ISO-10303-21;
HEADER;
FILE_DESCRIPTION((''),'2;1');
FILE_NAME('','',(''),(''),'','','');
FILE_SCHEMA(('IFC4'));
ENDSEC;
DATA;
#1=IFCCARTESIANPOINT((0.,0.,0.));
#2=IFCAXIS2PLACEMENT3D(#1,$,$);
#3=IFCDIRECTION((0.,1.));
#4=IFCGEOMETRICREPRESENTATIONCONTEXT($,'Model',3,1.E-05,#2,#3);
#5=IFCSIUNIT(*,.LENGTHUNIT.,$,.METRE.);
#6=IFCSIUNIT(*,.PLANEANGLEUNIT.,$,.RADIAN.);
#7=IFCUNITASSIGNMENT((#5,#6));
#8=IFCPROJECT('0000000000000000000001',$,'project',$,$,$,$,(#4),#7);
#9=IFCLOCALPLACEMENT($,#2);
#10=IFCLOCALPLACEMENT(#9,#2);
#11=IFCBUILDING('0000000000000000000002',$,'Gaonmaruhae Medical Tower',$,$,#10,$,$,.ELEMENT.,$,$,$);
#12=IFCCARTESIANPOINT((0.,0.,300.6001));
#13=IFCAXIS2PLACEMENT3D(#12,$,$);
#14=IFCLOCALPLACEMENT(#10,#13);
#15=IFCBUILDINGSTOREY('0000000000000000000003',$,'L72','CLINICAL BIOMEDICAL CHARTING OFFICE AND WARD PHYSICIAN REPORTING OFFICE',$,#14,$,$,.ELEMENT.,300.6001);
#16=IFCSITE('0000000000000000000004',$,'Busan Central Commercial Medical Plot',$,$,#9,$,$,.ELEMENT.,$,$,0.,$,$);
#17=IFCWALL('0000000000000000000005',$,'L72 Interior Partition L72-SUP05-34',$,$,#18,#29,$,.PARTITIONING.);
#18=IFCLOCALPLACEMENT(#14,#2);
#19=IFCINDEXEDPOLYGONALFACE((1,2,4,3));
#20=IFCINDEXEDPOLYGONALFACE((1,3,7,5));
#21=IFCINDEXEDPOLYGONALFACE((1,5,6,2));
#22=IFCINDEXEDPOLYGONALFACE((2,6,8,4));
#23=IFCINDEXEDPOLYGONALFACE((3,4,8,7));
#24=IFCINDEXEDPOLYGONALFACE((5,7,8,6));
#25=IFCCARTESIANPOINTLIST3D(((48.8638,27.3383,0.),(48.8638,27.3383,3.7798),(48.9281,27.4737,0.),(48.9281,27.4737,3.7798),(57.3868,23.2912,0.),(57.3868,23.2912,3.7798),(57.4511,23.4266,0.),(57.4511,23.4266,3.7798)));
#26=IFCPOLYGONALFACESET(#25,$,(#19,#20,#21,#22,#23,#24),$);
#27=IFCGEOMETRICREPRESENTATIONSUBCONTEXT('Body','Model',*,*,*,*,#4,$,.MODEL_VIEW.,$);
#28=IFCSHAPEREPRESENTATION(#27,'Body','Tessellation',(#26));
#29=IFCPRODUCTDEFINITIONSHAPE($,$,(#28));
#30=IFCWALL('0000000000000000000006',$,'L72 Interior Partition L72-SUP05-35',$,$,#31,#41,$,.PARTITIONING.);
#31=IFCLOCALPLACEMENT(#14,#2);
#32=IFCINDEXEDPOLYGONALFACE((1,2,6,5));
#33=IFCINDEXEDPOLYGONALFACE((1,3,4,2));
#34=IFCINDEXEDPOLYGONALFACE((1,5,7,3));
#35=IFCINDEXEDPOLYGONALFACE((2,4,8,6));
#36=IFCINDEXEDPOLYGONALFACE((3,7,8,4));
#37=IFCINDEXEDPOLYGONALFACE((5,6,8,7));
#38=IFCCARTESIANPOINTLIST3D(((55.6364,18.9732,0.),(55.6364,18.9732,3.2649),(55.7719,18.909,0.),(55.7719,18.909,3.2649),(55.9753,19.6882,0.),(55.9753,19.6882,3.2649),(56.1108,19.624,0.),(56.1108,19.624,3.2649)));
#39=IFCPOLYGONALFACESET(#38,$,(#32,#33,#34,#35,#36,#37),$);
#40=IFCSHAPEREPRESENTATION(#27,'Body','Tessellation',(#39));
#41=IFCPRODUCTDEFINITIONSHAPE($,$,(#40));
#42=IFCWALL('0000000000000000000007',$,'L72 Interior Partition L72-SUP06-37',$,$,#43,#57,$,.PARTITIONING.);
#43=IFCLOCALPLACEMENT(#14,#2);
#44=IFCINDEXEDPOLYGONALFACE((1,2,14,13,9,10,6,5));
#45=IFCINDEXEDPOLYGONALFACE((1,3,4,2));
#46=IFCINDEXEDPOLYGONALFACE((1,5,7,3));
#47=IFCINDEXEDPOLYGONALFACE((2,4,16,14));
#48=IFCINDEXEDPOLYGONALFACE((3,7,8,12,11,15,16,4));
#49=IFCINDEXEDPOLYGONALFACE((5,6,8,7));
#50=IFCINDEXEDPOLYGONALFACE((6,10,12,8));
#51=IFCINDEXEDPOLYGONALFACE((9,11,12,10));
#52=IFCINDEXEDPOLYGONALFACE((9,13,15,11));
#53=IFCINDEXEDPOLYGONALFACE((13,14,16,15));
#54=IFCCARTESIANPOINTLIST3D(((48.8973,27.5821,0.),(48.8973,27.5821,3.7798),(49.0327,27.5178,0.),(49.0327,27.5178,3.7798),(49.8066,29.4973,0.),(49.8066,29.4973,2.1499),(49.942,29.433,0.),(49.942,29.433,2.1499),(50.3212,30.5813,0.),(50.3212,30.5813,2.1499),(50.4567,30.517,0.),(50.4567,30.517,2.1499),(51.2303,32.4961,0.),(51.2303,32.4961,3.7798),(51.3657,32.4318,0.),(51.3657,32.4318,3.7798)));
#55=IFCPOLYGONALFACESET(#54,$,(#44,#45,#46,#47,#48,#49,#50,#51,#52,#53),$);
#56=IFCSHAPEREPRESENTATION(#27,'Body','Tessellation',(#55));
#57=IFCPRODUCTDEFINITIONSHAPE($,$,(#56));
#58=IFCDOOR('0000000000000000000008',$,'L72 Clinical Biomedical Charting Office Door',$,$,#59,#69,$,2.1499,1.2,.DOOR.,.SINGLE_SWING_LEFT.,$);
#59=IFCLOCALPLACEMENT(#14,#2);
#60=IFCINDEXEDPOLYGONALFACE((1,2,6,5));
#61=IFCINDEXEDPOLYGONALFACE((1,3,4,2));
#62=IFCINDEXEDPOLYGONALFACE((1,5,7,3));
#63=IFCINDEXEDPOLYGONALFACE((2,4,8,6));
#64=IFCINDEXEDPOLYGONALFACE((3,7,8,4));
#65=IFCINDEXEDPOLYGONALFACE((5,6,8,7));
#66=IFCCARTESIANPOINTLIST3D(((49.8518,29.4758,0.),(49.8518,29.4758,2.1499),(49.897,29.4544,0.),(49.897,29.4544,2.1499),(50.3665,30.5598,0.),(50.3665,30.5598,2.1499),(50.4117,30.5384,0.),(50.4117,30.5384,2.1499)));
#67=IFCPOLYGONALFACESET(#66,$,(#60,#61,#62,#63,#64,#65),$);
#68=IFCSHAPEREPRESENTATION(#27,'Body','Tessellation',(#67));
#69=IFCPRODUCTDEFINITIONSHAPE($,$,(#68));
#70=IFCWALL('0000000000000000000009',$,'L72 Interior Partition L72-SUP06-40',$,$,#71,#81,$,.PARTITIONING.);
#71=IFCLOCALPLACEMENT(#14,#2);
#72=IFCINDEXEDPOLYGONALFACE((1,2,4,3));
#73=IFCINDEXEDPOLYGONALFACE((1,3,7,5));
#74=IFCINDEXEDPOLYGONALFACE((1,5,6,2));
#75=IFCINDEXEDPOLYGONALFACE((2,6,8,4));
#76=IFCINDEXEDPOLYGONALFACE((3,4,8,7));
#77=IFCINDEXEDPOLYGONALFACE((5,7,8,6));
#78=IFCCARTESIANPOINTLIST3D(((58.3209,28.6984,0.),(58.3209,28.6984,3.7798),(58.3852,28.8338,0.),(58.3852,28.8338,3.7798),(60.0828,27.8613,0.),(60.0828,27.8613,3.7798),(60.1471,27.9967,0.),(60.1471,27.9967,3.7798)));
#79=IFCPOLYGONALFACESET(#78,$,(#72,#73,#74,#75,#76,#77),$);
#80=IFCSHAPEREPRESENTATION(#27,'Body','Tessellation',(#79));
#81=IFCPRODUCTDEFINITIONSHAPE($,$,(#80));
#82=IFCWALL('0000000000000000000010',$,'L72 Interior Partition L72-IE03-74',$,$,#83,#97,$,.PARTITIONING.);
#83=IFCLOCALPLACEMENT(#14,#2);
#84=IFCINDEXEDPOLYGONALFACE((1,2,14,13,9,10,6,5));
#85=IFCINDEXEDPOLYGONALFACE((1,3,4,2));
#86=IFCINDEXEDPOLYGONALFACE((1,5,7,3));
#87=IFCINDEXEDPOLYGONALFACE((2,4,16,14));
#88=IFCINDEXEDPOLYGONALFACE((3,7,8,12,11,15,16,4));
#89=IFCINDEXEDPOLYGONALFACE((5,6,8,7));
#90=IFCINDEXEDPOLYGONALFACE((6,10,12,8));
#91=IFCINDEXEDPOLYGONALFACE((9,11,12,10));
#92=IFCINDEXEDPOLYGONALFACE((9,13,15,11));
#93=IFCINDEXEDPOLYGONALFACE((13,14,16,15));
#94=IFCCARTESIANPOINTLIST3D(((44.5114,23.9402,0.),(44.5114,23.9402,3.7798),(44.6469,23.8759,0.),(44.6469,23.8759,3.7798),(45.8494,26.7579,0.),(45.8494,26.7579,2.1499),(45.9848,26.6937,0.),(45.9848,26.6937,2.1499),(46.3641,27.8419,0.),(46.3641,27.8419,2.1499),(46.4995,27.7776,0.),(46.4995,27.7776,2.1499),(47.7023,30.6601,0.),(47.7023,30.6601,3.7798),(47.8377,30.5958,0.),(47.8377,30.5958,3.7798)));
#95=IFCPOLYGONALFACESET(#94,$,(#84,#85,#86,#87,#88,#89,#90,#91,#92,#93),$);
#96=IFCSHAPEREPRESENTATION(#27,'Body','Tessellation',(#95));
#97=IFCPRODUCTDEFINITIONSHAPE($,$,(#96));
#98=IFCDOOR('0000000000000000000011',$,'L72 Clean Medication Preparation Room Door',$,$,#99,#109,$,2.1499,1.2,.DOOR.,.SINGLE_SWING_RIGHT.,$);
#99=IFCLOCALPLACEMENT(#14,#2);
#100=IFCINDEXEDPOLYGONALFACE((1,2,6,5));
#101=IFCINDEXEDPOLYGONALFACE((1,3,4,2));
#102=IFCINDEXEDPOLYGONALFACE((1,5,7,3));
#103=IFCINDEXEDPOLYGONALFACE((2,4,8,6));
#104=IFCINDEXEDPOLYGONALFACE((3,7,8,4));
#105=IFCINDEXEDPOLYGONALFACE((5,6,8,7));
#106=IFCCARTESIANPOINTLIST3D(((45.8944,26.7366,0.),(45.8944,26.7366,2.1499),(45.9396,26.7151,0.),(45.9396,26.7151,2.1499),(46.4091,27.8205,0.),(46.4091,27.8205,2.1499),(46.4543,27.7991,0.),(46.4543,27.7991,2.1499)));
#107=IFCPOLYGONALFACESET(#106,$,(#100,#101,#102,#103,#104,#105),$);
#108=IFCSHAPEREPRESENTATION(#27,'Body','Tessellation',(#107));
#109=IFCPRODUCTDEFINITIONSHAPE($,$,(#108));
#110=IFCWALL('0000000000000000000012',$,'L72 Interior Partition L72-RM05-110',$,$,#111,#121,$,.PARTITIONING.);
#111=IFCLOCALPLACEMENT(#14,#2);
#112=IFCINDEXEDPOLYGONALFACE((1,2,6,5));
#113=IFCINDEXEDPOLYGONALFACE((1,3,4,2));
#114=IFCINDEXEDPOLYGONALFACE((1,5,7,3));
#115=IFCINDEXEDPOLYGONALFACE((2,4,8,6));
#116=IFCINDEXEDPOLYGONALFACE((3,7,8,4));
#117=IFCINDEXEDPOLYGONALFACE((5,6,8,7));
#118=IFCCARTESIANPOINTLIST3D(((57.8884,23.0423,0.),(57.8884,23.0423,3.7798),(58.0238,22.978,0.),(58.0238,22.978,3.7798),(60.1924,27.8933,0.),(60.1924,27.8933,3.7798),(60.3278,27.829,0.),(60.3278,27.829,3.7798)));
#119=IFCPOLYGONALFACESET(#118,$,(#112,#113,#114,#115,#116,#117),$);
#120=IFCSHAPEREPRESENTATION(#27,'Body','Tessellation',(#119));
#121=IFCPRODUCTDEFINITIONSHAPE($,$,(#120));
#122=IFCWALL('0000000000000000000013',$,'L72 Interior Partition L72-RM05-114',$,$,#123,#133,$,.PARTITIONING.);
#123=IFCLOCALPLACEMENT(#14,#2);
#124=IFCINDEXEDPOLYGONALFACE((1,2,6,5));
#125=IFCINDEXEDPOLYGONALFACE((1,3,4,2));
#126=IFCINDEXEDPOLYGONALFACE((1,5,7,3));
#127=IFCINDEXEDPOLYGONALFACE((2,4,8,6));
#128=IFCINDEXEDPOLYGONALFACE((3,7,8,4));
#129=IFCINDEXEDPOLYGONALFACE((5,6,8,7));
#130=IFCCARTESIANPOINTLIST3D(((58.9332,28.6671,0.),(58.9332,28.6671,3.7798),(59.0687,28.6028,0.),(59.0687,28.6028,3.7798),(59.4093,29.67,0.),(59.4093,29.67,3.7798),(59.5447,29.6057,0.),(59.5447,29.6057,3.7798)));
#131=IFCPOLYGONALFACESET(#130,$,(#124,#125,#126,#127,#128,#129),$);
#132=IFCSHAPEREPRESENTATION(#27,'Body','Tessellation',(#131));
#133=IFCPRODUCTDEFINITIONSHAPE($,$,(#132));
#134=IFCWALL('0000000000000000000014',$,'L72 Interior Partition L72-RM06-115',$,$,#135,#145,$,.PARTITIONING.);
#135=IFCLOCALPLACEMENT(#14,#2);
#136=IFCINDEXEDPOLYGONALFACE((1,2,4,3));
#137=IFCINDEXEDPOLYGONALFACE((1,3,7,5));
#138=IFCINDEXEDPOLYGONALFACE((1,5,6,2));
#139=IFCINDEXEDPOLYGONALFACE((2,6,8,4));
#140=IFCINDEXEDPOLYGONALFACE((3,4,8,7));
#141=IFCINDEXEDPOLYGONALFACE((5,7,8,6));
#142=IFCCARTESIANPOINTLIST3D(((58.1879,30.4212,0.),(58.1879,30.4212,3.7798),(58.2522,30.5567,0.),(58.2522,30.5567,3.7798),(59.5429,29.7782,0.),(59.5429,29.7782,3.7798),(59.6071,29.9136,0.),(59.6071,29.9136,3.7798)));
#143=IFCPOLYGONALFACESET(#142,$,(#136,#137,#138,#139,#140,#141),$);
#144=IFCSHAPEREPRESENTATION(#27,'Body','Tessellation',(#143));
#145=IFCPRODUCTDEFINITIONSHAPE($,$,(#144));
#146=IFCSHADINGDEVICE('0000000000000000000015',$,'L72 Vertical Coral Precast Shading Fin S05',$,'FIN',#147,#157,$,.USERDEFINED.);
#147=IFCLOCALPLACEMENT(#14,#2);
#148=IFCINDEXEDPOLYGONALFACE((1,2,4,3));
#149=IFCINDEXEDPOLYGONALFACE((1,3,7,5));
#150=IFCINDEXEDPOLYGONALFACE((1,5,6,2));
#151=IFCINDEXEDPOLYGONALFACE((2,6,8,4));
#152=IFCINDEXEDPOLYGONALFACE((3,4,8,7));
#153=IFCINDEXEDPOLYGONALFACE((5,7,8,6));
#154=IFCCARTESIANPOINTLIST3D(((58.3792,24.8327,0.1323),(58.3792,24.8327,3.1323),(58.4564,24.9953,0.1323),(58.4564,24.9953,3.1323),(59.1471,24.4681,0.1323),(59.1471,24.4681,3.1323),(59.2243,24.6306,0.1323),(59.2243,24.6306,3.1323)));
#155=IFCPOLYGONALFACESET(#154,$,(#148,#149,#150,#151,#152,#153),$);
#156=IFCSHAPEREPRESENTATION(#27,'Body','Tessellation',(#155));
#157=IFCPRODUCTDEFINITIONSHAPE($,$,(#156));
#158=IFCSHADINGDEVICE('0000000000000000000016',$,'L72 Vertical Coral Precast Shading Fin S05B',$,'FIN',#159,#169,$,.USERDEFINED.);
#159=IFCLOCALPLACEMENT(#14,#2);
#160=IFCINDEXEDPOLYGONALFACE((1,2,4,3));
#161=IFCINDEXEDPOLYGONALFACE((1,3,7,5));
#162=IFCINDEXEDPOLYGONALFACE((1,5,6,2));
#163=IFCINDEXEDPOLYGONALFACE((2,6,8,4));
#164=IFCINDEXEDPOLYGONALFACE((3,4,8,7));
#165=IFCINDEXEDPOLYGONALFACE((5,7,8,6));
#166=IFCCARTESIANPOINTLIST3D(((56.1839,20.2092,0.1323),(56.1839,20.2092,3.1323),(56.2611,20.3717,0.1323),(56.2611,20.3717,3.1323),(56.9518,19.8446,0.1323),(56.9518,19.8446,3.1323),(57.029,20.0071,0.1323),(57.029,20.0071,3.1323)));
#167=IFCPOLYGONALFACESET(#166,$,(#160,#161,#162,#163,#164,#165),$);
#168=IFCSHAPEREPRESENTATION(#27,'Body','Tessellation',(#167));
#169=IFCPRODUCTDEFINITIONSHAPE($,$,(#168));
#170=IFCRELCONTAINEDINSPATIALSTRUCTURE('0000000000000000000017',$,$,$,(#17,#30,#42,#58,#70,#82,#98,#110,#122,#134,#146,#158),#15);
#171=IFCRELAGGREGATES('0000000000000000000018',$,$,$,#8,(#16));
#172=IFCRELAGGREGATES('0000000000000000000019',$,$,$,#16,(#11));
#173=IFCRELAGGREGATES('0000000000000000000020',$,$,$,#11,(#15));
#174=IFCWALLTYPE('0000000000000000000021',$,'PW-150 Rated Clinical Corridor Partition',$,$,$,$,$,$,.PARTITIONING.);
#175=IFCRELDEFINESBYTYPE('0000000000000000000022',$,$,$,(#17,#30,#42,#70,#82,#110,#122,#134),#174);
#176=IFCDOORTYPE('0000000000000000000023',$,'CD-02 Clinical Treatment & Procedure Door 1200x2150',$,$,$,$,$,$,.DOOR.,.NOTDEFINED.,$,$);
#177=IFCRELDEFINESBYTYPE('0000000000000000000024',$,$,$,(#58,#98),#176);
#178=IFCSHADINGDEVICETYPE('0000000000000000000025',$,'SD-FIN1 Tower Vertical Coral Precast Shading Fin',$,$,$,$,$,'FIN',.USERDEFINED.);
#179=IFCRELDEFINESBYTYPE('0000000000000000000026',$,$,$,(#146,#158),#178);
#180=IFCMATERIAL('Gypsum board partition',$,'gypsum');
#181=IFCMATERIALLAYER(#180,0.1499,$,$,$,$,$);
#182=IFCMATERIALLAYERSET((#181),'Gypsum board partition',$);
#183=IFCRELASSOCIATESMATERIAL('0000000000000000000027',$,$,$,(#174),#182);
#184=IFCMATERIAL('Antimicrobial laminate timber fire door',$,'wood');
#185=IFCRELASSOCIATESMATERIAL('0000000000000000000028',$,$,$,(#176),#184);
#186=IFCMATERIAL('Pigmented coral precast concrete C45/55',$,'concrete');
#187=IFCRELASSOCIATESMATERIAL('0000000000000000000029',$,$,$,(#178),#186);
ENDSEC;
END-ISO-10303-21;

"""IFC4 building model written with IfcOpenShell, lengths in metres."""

from ifc_helpers import new_model, si_unit, direction, frame, frame_2d, origin, origin_2d, place, context, subcontext, project, spatial, rectangle, extrude, material, layer, layer_set, type_object, element, fill, save


model = new_model("IFC4")

# Units and contexts
model_context = context("Model", 3, precision=1e-05, world=origin(), true_north=direction((0.0, 1.0)))
body_context = subcontext(model_context, "Body", "Model", "MODEL_VIEW")
ifc_project = project(units=[si_unit("LENGTHUNIT", "METRE"), si_unit("PLANEANGLEUNIT", "RADIAN")], contexts=[model_context])

# Site, building, storey
site_placement = place(None, origin())
site = spatial("IfcSite", under=ifc_project, at=site_placement, Name="Busan Central Commercial Medical Plot", CompositionType="ELEMENT", RefElevation=0.0)
building_placement = place(site_placement, origin())
building = spatial("IfcBuilding", under=site, at=building_placement, Name="Gaonmaruhae Medical Tower", CompositionType="ELEMENT")
storey_placement = place(building_placement, frame((0.0, 0.0, 300.6001)))
storey = spatial("IfcBuildingStorey", under=building, at=storey_placement, Name="L72", Description="CLINICAL BIOMEDICAL CHARTING OFFICE AND WARD PHYSICIAN REPORTING OFFICE", CompositionType="ELEMENT", Elevation=300.6001)

# Shared definitions
ifc_material_1 = material(Name="Gypsum board partition", Category="gypsum")
ifc_layer_1 = layer(ifc_material_1, 0.1499)
ifc_layer_set_1 = layer_set([ifc_layer_1], Name="Gypsum board partition")
wall_type_1 = type_object("IfcWallType", Name="PW-150 Rated Clinical Corridor Partition", PredefinedType="PARTITIONING", material=ifc_layer_set_1)
ifc_material_2 = material(Name="Antimicrobial laminate timber fire door", Category="wood")
door_type = type_object("IfcDoorType", Name="CD-02 Clinical Treatment & Procedure Door 1200x2150", OperationType="NOTDEFINED", PredefinedType="DOOR", material=ifc_material_2)

# Walls
wall_1_placement = place(storey_placement, frame((48.896, 27.406, 0.0), z_axis=(0.0, 0.0, 1.0), x_axis=(0.90333, -0.428946, 0.0)))
element("IfcWall", 1, at=wall_1_placement, inside=storey, type_object=wall_type_1, Name="L72 Interior Partition L72-SUP05-34", PredefinedType="PARTITIONING", context=body_context, shape_type="SweptSolid", body=[
    extrude(rectangle(XDim=9.4351, YDim=0.1499, at=frame_2d((4.7175, 0.0))), origin(), (0.0, 0.0, 1.0), 3.7798),
])
wall_2_placement = place(storey_placement, frame((56.043, 19.656, 0.0), z_axis=(0.0, 0.0, 1.0), x_axis=(-0.428232, -0.903669, 0.0)))
element("IfcWall", 2, at=wall_2_placement, inside=storey, type_object=wall_type_1, Name="L72 Interior Partition L72-SUP05-35", PredefinedType="PARTITIONING", context=body_context, shape_type="SweptSolid", body=[
    extrude(rectangle(XDim=0.7913, YDim=0.1499, at=frame_2d((0.3955, 0.0))), origin(), (0.0, 0.0, 1.0), 3.2649),
])

# Wall, opening, door
wall_3_placement = place(storey_placement, frame((48.9651, 27.55, 0.0), z_axis=(0.0, 0.0, 1.0), x_axis=(0.428881, 0.903361, 0.0)))
wall_3 = element("IfcWall", 3, at=wall_3_placement, inside=storey, type_object=wall_type_1, Name="L72 Interior Partition L72-SUP06-37", PredefinedType="PARTITIONING", context=body_context, shape_type="SweptSolid", body=[
    extrude(rectangle(XDim=5.4397, YDim=0.1499, at=frame_2d((2.7197, 0.0))), origin(), (0.0, 0.0, 1.0), 3.7798),
])
opening_1_placement = place(wall_3_placement, frame((2.1199, 0.0, 0.0)))
opening_1 = element("IfcOpeningElement", 4, at=opening_1_placement, cuts=wall_3, PredefinedType="OPENING", context=body_context, shape_type="SweptSolid", body=[
    extrude(rectangle(XDim=1.2, YDim=2.1499, at=frame_2d((0.6001, 1.075))), frame((0.0, 0.085, 0.0), z_axis=(0.0, -1.0, 0.0), x_axis=(1.0, 0.0, 0.0)), (0.0, 0.0, 1.0), 0.1699),
])
door_1_placement = place(opening_1_placement, origin())
door_1 = element("IfcDoor", 5, at=door_1_placement, inside=storey, type_object=door_type, Name="L72 Clinical Biomedical Charting Office Door", OperationType="SINGLE_SWING_LEFT", OverallHeight=2.1499, OverallWidth=1.2, PredefinedType="DOOR", context=body_context, shape_type="SweptSolid", body=[
    extrude(rectangle(XDim=1.2, YDim=2.1499, at=frame_2d((0.6001, 1.075))), frame((0.0, 0.0249, 0.0), z_axis=(0.0, -1.0, 0.0), x_axis=(1.0, 0.0, 0.0)), (0.0, 0.0, 1.0), 0.05),
])
fill(opening_1, door_1)

# Wall
wall_4_placement = place(storey_placement, frame((58.353, 28.7661, 0.0), z_axis=(0.0, 0.0, 1.0), x_axis=(0.903233, -0.429151, 0.0)))
element("IfcWall", 6, at=wall_4_placement, inside=storey, type_object=wall_type_1, Name="L72 Interior Partition L72-SUP06-40", PredefinedType="PARTITIONING", context=body_context, shape_type="SweptSolid", body=[
    extrude(rectangle(XDim=1.9507, YDim=0.1499, at=frame_2d((0.9753, 0.0))), origin(), (0.0, 0.0, 1.0), 3.7798),
])

# Wall, opening, door
wall_5_placement = place(storey_placement, frame((47.77, 30.6279, 0.0), z_axis=(0.0, 0.0, 1.0), x_axis=(-0.42894, -0.903333, 0.0)))
wall_5 = element("IfcWall", 7, at=wall_5_placement, inside=storey, type_object=wall_type_1, Name="L72 Interior Partition L72-IE03-74", PredefinedType="PARTITIONING", context=body_context, shape_type="SweptSolid", body=[
    extrude(rectangle(XDim=7.439, YDim=0.1499, at=frame_2d((3.7195, 0.0))), origin(), (0.0, 0.0, 1.0), 3.7798),
])
opening_2_placement = place(wall_5_placement, frame((3.1196, 0.0, 0.0)))
opening_2 = element("IfcOpeningElement", 8, at=opening_2_placement, cuts=wall_5, PredefinedType="OPENING", context=body_context, shape_type="SweptSolid", body=[
    extrude(rectangle(XDim=1.2, YDim=2.1499, at=frame_2d((0.6001, 1.075))), frame((0.0, 0.085, 0.0), z_axis=(0.0, -1.0, 0.0), x_axis=(1.0, 0.0, 0.0)), (0.0, 0.0, 1.0), 0.1699),
])
door_2_placement = place(opening_2_placement, origin())
door_2 = element("IfcDoor", 9, at=door_2_placement, inside=storey, type_object=door_type, Name="L72 Clean Medication Preparation Room Door", OperationType="SINGLE_SWING_RIGHT", OverallHeight=2.1499, OverallWidth=1.2, PredefinedType="DOOR", context=body_context, shape_type="SweptSolid", body=[
    extrude(rectangle(XDim=1.2, YDim=2.1499, at=frame_2d((0.6001, 1.075))), frame((0.0, 0.0249, 0.0), z_axis=(0.0, -1.0, 0.0), x_axis=(1.0, 0.0, 0.0)), (0.0, 0.0, 1.0), 0.05),
])
fill(opening_2, door_2)

# Walls
wall_6_placement = place(storey_placement, frame((60.26, 27.8611, 0.0), z_axis=(0.0, 0.0, 1.0), x_axis=(-0.42901, -0.9033, 0.0)))
element("IfcWall", 10, at=wall_6_placement, inside=storey, type_object=wall_type_1, Name="L72 Interior Partition L72-RM05-110", PredefinedType="PARTITIONING", context=body_context, shape_type="SweptSolid", body=[
    extrude(rectangle(XDim=5.3704, YDim=0.1499, at=frame_2d((2.6851, 0.0))), origin(), (0.0, 0.0, 1.0), 3.7798),
])
wall_7_placement = place(storey_placement, frame((59.4771, 29.6379, 0.0), z_axis=(0.0, 0.0, 1.0), x_axis=(-0.428824, -0.903388, 0.0)))
element("IfcWall", 11, at=wall_7_placement, inside=storey, type_object=wall_type_1, Name="L72 Interior Partition L72-RM05-114", PredefinedType="PARTITIONING", context=body_context, shape_type="SweptSolid", body=[
    extrude(rectangle(XDim=1.1101, YDim=0.1499, at=frame_2d((0.5552, 0.0))), origin(), (0.0, 0.0, 1.0), 3.7798),
])
wall_8_placement = place(storey_placement, frame((58.22, 30.489, 0.0), z_axis=(0.0, 0.0, 1.0), x_axis=(0.903419, -0.428758, 0.0)))
element("IfcWall", 12, at=wall_8_placement, inside=storey, type_object=wall_type_1, Name="L72 Interior Partition L72-RM06-115", PredefinedType="PARTITIONING", context=body_context, shape_type="SweptSolid", body=[
    extrude(rectangle(XDim=1.4998, YDim=0.1499, at=frame_2d((0.75, 0.0))), origin(), (0.0, 0.0, 1.0), 3.7798),
])

# Shading devices
ifc_material_3 = material(Name="Pigmented coral precast concrete C45/55", Category="concrete")
shading_device_type = type_object("IfcShadingDeviceType", Name="SD-FIN1 Tower Vertical Coral Precast Shading Fin", ElementType="FIN", PredefinedType="USERDEFINED", material=ifc_material_3)
for number, where, z_axis, x_axis, name in (
    (13, (58.8018, 24.7317, 0.1323), (0.0, 0.0, 1.0), (-0.428919, -0.903343, 0.0), "L72 Vertical Coral Precast Shading Fin S05"),
    (14, (56.6064, 20.1082, 0.1323), (0.0, 0.0, 1.0), (-0.428919, -0.903343, 0.0), "L72 Vertical Coral Precast Shading Fin S05B"),
):
    element("IfcShadingDevice", number, at=place(storey_placement, frame(where, z_axis=z_axis, x_axis=x_axis)), inside=storey, type_object=shading_device_type, Name=name, ObjectType="FIN", PredefinedType="USERDEFINED", context=body_context, shape_type="SweptSolid", body=[
        extrude(rectangle(XDim=0.1799, YDim=0.8501, at=origin_2d()), origin(), (0.0, 0.0, 1.0), 3.0),
    ])

save(model, "model.ifc")
